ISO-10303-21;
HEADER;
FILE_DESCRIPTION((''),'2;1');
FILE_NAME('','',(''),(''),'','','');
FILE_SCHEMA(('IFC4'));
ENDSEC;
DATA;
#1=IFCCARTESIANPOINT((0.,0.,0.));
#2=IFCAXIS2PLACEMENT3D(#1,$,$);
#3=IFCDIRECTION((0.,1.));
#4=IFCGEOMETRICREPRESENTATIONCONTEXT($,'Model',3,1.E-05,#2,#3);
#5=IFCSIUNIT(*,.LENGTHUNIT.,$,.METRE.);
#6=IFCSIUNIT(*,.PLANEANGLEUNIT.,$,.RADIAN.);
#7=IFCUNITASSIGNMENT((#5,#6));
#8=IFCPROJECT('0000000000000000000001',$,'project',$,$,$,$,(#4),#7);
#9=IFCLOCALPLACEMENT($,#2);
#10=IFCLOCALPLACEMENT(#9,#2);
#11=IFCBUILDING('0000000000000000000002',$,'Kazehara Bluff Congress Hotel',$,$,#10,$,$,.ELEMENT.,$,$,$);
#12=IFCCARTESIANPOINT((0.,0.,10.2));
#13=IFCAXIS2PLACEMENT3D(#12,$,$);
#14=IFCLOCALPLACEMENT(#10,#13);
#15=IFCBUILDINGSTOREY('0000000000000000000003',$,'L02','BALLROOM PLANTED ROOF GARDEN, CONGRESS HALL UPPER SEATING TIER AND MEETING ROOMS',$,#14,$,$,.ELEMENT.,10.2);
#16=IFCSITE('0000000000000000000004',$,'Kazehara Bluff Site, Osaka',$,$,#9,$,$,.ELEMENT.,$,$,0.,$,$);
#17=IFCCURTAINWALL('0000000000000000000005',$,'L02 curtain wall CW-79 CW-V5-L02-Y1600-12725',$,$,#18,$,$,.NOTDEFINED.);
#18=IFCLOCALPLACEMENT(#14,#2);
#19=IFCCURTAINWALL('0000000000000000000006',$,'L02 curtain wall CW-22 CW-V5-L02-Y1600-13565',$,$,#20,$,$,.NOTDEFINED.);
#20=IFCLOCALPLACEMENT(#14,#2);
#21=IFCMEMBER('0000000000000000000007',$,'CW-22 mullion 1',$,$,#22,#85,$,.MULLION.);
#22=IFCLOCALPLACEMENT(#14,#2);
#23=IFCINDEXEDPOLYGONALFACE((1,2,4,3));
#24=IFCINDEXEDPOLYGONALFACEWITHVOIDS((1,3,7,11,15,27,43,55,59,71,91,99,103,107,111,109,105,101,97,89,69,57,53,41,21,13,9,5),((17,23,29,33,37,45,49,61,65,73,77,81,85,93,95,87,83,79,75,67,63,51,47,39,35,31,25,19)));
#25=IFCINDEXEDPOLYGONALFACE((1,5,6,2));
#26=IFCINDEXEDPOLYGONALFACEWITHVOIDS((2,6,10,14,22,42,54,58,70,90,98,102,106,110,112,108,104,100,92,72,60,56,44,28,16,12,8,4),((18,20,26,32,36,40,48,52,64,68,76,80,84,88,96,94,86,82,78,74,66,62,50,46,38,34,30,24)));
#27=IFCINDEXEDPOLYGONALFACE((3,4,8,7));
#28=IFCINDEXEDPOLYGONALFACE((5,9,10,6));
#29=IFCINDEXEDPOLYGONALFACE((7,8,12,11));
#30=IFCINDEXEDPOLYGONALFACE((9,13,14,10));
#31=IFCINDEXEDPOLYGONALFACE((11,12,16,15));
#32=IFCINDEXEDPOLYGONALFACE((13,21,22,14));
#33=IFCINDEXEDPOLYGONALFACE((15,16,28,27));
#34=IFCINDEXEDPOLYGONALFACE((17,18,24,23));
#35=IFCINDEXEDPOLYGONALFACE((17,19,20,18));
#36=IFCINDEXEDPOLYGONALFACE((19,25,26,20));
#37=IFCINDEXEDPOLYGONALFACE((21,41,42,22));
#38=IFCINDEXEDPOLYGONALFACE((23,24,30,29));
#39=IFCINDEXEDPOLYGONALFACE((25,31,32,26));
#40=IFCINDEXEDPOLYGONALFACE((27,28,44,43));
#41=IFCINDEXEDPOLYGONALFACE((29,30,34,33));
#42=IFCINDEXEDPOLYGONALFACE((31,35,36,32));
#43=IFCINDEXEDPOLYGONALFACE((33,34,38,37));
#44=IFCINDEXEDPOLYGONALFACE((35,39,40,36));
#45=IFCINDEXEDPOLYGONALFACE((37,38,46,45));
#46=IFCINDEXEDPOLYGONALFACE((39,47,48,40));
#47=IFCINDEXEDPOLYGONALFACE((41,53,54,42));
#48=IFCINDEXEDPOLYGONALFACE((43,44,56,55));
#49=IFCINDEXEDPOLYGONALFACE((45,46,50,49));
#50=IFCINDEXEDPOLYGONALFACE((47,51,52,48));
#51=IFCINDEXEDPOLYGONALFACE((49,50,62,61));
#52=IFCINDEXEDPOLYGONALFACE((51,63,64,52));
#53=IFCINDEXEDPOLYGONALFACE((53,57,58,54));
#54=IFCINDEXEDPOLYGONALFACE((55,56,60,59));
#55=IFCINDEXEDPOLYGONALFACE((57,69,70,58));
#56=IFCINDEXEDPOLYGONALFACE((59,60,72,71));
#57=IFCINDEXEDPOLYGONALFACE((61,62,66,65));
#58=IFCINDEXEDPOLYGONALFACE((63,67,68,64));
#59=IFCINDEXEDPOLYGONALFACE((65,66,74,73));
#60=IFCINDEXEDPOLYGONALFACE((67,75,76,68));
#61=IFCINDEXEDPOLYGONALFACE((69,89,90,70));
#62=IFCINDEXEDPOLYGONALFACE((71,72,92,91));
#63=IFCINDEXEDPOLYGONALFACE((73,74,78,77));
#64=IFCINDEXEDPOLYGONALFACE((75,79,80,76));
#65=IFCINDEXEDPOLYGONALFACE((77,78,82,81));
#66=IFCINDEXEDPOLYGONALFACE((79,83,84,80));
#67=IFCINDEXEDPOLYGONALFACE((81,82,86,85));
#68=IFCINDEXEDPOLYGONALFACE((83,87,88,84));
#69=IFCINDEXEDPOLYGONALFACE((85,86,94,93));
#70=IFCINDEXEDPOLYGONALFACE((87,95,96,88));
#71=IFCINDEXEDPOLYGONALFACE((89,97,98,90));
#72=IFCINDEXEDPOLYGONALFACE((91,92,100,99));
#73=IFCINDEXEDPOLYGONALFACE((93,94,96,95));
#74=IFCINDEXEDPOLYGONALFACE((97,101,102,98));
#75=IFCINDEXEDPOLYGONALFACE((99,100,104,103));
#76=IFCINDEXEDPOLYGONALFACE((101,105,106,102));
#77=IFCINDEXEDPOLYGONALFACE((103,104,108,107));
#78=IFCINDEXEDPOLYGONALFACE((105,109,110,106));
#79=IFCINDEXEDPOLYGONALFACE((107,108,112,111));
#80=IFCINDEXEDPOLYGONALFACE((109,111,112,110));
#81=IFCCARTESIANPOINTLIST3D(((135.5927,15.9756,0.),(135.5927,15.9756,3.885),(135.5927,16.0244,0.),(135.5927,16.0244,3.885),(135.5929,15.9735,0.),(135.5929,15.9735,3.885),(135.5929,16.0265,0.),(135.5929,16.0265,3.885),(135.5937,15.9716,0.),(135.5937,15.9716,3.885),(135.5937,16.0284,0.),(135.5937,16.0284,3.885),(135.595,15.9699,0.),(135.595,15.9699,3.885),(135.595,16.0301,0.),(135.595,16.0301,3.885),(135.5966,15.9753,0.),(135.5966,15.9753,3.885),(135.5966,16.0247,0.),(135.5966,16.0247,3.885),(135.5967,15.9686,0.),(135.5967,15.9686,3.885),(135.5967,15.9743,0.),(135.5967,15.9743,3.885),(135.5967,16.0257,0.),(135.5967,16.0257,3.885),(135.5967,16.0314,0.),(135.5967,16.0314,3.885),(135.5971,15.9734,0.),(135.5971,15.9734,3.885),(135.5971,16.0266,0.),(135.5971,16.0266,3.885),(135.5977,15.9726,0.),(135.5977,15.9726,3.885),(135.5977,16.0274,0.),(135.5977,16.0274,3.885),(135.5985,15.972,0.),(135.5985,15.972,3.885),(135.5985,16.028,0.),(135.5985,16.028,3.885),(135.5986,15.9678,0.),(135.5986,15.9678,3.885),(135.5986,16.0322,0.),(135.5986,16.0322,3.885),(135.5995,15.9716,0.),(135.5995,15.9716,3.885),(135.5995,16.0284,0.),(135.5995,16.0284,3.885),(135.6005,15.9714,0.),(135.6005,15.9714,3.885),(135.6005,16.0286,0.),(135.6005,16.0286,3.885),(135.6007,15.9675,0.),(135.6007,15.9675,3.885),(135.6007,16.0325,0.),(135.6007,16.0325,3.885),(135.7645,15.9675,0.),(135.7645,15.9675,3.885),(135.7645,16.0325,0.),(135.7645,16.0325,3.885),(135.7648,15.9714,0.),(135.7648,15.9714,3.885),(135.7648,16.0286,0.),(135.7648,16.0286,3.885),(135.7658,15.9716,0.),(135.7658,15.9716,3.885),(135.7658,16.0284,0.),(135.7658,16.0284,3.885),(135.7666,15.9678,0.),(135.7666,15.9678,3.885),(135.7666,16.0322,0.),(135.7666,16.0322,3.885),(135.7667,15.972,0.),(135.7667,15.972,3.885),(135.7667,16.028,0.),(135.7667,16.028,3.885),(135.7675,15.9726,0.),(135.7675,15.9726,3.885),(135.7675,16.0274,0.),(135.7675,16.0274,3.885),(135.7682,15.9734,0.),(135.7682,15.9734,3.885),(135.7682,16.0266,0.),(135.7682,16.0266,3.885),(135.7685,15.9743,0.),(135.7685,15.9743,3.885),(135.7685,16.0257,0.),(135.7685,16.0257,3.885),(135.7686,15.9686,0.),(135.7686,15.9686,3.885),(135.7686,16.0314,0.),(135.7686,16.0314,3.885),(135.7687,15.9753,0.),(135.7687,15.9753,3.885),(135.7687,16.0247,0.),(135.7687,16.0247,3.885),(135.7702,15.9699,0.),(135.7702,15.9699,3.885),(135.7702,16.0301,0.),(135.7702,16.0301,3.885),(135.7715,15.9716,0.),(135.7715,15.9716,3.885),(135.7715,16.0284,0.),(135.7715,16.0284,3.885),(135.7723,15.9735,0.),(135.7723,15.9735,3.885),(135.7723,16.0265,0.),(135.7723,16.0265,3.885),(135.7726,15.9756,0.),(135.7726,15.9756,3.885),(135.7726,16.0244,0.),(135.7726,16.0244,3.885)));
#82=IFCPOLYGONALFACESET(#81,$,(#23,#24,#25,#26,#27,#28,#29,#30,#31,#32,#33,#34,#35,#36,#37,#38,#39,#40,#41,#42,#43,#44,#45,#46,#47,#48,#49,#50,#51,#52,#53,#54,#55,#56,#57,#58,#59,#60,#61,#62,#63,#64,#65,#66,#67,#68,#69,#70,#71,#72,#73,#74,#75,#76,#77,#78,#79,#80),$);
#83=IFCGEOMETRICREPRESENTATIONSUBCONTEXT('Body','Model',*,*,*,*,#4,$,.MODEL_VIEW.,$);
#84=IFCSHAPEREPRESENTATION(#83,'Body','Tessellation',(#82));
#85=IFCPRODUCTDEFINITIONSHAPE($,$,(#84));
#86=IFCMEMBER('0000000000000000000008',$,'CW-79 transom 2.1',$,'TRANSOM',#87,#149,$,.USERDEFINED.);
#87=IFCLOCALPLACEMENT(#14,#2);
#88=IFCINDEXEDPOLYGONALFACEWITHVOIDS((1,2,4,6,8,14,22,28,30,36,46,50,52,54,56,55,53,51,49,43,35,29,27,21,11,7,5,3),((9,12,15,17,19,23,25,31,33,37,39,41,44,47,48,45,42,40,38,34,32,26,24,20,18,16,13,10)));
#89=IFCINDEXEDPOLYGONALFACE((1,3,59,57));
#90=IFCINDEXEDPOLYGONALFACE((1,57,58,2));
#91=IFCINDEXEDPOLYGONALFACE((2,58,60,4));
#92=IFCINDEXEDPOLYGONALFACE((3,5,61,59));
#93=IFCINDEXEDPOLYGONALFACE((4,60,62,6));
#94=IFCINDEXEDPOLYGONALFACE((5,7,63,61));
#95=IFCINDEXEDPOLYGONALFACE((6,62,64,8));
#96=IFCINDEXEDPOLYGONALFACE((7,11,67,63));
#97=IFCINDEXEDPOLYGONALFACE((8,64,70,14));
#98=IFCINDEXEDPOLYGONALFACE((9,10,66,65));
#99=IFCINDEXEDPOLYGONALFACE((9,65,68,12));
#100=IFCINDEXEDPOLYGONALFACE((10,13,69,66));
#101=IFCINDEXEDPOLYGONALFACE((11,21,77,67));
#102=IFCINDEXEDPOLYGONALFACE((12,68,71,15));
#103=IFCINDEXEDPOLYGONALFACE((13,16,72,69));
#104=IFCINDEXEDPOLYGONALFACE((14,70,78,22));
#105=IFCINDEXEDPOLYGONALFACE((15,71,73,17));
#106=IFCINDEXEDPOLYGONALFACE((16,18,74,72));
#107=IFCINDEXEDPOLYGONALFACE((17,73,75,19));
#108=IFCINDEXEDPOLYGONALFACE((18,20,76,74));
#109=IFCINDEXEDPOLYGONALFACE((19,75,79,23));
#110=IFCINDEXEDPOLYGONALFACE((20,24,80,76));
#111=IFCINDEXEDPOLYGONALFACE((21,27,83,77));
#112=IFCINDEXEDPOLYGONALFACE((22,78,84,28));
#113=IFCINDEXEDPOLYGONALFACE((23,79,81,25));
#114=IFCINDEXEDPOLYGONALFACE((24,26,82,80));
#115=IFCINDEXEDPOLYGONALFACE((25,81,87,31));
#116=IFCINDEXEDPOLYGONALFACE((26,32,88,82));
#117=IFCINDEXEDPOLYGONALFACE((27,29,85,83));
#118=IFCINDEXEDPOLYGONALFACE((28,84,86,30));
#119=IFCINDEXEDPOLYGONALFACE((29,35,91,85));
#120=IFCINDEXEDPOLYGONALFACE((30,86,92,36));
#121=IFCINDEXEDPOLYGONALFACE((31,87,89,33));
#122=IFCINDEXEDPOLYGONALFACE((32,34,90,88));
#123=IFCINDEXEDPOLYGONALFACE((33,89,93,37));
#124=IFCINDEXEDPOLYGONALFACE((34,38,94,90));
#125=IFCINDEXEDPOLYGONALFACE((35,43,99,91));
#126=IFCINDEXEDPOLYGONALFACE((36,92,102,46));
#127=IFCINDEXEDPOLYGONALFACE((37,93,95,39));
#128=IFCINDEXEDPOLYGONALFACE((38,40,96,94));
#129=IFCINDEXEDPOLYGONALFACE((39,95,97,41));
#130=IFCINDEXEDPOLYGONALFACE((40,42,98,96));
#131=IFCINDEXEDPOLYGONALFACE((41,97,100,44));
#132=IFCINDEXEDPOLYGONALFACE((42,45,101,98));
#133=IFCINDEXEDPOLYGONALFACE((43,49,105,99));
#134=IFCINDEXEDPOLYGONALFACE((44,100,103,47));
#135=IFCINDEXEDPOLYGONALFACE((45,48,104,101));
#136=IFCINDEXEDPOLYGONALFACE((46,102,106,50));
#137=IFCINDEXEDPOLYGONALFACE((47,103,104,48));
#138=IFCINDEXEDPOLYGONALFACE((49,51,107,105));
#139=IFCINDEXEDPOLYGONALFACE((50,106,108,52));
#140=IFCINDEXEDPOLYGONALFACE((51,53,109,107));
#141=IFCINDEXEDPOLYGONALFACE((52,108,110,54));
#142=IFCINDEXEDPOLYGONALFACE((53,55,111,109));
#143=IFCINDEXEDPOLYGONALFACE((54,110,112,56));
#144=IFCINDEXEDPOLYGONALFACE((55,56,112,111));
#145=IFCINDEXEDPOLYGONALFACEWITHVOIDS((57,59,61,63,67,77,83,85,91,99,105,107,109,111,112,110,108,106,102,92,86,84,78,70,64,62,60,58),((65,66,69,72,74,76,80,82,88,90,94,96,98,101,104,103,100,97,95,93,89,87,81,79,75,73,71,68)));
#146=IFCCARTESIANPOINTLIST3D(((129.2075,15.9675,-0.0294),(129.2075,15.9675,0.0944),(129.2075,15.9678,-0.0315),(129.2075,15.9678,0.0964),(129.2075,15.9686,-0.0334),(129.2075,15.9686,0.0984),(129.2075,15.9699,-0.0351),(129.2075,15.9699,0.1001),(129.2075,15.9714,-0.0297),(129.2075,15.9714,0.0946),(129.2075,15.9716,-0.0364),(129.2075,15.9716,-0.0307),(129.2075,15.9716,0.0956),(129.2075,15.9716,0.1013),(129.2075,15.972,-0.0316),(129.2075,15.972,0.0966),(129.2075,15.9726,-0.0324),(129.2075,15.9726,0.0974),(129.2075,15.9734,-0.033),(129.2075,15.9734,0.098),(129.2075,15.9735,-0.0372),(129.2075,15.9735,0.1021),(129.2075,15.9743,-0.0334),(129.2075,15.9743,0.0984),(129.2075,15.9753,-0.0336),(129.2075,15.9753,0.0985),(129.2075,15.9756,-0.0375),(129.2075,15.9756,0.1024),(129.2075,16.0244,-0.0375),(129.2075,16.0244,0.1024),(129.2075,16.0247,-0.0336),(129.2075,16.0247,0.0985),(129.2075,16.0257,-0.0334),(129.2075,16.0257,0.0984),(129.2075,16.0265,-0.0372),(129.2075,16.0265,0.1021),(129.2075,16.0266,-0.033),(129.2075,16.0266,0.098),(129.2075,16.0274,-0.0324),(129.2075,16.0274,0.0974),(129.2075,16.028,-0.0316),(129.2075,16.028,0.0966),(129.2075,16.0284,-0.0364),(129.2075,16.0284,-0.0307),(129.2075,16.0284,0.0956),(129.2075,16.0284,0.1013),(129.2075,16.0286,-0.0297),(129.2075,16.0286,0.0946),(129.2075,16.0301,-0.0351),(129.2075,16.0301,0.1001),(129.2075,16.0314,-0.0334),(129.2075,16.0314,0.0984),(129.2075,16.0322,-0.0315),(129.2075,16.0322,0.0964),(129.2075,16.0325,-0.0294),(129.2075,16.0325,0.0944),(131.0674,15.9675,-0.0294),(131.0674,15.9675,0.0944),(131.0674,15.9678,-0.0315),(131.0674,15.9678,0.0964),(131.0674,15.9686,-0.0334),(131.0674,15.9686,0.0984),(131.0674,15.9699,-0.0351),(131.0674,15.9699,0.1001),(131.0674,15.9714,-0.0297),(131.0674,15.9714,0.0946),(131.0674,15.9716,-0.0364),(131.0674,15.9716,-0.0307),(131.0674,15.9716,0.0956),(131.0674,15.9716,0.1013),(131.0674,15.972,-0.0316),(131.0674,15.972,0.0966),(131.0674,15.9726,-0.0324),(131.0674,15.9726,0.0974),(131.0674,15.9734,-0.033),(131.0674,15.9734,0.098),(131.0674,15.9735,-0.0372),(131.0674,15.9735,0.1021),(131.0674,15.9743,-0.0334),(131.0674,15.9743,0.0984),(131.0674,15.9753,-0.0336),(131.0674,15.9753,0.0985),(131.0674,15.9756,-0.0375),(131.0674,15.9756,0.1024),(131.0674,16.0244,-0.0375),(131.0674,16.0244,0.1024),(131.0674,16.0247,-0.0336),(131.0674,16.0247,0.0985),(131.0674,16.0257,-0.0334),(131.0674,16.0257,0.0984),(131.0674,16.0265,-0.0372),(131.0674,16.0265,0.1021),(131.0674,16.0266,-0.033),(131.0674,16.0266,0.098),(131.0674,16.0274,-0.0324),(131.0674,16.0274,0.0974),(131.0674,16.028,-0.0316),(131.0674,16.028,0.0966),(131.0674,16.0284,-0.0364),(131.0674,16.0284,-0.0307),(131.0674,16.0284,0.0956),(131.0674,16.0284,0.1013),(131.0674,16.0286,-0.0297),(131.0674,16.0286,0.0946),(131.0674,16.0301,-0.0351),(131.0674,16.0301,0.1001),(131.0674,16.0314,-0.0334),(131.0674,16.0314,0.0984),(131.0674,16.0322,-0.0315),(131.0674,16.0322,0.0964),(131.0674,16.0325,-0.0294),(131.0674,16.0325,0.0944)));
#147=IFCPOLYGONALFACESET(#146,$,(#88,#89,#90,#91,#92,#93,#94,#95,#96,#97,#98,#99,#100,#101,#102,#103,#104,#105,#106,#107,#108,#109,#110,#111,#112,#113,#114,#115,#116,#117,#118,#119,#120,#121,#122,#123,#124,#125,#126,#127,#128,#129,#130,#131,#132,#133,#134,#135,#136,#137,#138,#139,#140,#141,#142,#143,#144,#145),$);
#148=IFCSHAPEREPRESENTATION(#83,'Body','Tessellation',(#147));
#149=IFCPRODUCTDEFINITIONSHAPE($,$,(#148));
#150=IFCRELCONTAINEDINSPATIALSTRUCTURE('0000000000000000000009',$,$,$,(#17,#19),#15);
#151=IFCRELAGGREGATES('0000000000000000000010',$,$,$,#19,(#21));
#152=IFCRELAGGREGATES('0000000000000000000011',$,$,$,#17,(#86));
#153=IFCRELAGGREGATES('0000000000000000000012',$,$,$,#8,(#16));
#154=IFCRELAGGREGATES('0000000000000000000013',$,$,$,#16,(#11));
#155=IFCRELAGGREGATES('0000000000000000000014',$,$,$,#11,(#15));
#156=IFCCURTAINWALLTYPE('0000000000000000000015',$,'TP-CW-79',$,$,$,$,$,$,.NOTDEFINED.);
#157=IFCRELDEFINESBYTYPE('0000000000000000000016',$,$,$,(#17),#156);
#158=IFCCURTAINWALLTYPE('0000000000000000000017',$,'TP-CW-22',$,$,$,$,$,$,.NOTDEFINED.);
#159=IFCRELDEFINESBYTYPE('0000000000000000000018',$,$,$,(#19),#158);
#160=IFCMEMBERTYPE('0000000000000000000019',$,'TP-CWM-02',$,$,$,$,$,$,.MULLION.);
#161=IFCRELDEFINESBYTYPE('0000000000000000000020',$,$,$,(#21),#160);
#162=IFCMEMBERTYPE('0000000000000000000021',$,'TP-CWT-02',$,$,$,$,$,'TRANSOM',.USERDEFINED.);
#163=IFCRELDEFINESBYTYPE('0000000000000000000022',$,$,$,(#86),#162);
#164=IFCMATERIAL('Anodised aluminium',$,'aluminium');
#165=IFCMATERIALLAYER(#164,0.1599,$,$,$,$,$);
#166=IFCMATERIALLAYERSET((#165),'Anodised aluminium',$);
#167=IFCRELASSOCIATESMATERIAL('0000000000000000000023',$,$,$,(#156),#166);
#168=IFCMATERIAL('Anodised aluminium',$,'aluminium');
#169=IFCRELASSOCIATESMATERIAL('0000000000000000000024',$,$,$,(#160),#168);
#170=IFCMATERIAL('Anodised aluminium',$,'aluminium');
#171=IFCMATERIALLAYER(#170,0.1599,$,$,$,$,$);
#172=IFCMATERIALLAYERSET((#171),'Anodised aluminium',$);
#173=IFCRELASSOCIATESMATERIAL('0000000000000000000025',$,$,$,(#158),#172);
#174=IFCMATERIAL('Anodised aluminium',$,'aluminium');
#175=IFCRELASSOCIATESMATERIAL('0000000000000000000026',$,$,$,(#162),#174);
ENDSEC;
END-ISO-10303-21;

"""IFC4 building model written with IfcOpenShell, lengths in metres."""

from ifc_helpers import new_model, si_unit, direction, frame, origin, origin_2d, place, context, subcontext, project, spatial, hollow_rectangle, extrude, material, layer, layer_set, material_profile, profile_set, type_object, element, aggregate, save


model = new_model("IFC4")

# Units and contexts
model_context = context("Model", 3, precision=1e-05, world=origin(), true_north=direction((0.0, 1.0)))
body_context = subcontext(model_context, "Body", "Model", "MODEL_VIEW")
ifc_project = project(units=[si_unit("LENGTHUNIT", "METRE"), si_unit("PLANEANGLEUNIT", "RADIAN")], contexts=[model_context])

# Site, building, storey
site_placement = place(None, origin())
site = spatial("IfcSite", under=ifc_project, at=site_placement, Name="Kazehara Bluff Site, Osaka", CompositionType="ELEMENT", RefElevation=0.0)
building_placement = place(site_placement, origin())
building = spatial("IfcBuilding", under=site, at=building_placement, Name="Kazehara Bluff Congress Hotel", CompositionType="ELEMENT")
storey_placement = place(building_placement, frame((0.0, 0.0, 10.2)))
storey = spatial("IfcBuildingStorey", under=building, at=storey_placement, Name="L02", Description="BALLROOM PLANTED ROOF GARDEN, CONGRESS HALL UPPER SEATING TIER AND MEETING ROOMS", CompositionType="ELEMENT", Elevation=10.2)

# Curtain wall
ifc_material_1 = material(Name="Anodised aluminium", Category="aluminium")
ifc_layer_1 = layer(ifc_material_1, 0.1599)
ifc_layer_set_1 = layer_set([ifc_layer_1], Name="Anodised aluminium")
curtain_wall_type_1 = type_object("IfcCurtainWallType", Name="TP-CW-79", PredefinedType="NOTDEFINED", material=ifc_layer_set_1)
curtain_wall_1_placement = place(storey_placement, origin())
curtain_wall_1 = element("IfcCurtainWall", 1, at=curtain_wall_1_placement, inside=storey, type_object=curtain_wall_type_1, Name="L02 curtain wall CW-79 CW-V5-L02-Y1600-12725", PredefinedType="NOTDEFINED")
ifc_material_2 = material(Name="Anodised aluminium", Category="aluminium")
ifc_material_profile_1 = material_profile(ifc_material_2, hollow_rectangle(XDim=0.0649, YDim=0.1799, WallThickness=0.0039, InnerFilletRadius=0.0039, OuterFilletRadius=0.0081, at=origin_2d()))
ifc_profile_set_1 = profile_set([ifc_material_profile_1], Name="Anodised aluminium")
member_type_1 = type_object("IfcMemberType", Name="TP-CWM-02", PredefinedType="MULLION", material=ifc_profile_set_1)

# Curtain wall, member
ifc_material_3 = material(Name="Anodised aluminium", Category="aluminium")
ifc_layer_2 = layer(ifc_material_3, 0.1599)
ifc_layer_set_2 = layer_set([ifc_layer_2], Name="Anodised aluminium")
curtain_wall_type_2 = type_object("IfcCurtainWallType", Name="TP-CW-22", PredefinedType="NOTDEFINED", material=ifc_layer_set_2)
curtain_wall_2_placement = place(storey_placement, origin())
curtain_wall_2 = element("IfcCurtainWall", 2, at=curtain_wall_2_placement, inside=storey, type_object=curtain_wall_type_2, Name="L02 curtain wall CW-22 CW-V5-L02-Y1600-13565", PredefinedType="NOTDEFINED")
member_1_placement = place(storey_placement, frame((135.6826, 16.0, 0.0), z_axis=(0.0, 0.0, 1.0), x_axis=(0.0, 1.0, 0.0)))
member_1 = element("IfcMember", 3, at=member_1_placement, type_object=member_type_1, Name="CW-22 mullion 1", PredefinedType="MULLION", context=body_context, shape_type="SweptSolid", body=[
    extrude(hollow_rectangle(XDim=0.0649, YDim=0.1799, WallThickness=0.0039, InnerFilletRadius=0.0039, OuterFilletRadius=0.0081, at=origin_2d()), origin(), (0.0, 0.0, 1.0), 3.885),
])
aggregate(curtain_wall_2, [member_1])

# Member
ifc_material_4 = material(Name="Anodised aluminium", Category="aluminium")
ifc_material_profile_2 = material_profile(ifc_material_4, hollow_rectangle(XDim=0.0649, YDim=0.1399, WallThickness=0.0039, InnerFilletRadius=0.0039, OuterFilletRadius=0.0081, at=origin_2d()))
ifc_profile_set_2 = profile_set([ifc_material_profile_2], Name="Anodised aluminium")
member_type_2 = type_object("IfcMemberType", Name="TP-CWT-02", ElementType="TRANSOM", PredefinedType="USERDEFINED", material=ifc_profile_set_2)
member_2_placement = place(storey_placement, frame((129.2075, 16.0, 0.0325), z_axis=(1.0, 0.0, 0.0), x_axis=(0.0, 1.0, 0.0)))
member_2 = element("IfcMember", 4, at=member_2_placement, type_object=member_type_2, Name="CW-79 transom 2.1", ObjectType="TRANSOM", PredefinedType="USERDEFINED", context=body_context, shape_type="SweptSolid", body=[
    extrude(hollow_rectangle(XDim=0.0649, YDim=0.1399, WallThickness=0.0039, InnerFilletRadius=0.0039, OuterFilletRadius=0.0081, at=origin_2d()), origin(), (0.0, 0.0, 1.0), 1.8599),
])

aggregate(curtain_wall_1, [member_2])

save(model, "model.ifc")
